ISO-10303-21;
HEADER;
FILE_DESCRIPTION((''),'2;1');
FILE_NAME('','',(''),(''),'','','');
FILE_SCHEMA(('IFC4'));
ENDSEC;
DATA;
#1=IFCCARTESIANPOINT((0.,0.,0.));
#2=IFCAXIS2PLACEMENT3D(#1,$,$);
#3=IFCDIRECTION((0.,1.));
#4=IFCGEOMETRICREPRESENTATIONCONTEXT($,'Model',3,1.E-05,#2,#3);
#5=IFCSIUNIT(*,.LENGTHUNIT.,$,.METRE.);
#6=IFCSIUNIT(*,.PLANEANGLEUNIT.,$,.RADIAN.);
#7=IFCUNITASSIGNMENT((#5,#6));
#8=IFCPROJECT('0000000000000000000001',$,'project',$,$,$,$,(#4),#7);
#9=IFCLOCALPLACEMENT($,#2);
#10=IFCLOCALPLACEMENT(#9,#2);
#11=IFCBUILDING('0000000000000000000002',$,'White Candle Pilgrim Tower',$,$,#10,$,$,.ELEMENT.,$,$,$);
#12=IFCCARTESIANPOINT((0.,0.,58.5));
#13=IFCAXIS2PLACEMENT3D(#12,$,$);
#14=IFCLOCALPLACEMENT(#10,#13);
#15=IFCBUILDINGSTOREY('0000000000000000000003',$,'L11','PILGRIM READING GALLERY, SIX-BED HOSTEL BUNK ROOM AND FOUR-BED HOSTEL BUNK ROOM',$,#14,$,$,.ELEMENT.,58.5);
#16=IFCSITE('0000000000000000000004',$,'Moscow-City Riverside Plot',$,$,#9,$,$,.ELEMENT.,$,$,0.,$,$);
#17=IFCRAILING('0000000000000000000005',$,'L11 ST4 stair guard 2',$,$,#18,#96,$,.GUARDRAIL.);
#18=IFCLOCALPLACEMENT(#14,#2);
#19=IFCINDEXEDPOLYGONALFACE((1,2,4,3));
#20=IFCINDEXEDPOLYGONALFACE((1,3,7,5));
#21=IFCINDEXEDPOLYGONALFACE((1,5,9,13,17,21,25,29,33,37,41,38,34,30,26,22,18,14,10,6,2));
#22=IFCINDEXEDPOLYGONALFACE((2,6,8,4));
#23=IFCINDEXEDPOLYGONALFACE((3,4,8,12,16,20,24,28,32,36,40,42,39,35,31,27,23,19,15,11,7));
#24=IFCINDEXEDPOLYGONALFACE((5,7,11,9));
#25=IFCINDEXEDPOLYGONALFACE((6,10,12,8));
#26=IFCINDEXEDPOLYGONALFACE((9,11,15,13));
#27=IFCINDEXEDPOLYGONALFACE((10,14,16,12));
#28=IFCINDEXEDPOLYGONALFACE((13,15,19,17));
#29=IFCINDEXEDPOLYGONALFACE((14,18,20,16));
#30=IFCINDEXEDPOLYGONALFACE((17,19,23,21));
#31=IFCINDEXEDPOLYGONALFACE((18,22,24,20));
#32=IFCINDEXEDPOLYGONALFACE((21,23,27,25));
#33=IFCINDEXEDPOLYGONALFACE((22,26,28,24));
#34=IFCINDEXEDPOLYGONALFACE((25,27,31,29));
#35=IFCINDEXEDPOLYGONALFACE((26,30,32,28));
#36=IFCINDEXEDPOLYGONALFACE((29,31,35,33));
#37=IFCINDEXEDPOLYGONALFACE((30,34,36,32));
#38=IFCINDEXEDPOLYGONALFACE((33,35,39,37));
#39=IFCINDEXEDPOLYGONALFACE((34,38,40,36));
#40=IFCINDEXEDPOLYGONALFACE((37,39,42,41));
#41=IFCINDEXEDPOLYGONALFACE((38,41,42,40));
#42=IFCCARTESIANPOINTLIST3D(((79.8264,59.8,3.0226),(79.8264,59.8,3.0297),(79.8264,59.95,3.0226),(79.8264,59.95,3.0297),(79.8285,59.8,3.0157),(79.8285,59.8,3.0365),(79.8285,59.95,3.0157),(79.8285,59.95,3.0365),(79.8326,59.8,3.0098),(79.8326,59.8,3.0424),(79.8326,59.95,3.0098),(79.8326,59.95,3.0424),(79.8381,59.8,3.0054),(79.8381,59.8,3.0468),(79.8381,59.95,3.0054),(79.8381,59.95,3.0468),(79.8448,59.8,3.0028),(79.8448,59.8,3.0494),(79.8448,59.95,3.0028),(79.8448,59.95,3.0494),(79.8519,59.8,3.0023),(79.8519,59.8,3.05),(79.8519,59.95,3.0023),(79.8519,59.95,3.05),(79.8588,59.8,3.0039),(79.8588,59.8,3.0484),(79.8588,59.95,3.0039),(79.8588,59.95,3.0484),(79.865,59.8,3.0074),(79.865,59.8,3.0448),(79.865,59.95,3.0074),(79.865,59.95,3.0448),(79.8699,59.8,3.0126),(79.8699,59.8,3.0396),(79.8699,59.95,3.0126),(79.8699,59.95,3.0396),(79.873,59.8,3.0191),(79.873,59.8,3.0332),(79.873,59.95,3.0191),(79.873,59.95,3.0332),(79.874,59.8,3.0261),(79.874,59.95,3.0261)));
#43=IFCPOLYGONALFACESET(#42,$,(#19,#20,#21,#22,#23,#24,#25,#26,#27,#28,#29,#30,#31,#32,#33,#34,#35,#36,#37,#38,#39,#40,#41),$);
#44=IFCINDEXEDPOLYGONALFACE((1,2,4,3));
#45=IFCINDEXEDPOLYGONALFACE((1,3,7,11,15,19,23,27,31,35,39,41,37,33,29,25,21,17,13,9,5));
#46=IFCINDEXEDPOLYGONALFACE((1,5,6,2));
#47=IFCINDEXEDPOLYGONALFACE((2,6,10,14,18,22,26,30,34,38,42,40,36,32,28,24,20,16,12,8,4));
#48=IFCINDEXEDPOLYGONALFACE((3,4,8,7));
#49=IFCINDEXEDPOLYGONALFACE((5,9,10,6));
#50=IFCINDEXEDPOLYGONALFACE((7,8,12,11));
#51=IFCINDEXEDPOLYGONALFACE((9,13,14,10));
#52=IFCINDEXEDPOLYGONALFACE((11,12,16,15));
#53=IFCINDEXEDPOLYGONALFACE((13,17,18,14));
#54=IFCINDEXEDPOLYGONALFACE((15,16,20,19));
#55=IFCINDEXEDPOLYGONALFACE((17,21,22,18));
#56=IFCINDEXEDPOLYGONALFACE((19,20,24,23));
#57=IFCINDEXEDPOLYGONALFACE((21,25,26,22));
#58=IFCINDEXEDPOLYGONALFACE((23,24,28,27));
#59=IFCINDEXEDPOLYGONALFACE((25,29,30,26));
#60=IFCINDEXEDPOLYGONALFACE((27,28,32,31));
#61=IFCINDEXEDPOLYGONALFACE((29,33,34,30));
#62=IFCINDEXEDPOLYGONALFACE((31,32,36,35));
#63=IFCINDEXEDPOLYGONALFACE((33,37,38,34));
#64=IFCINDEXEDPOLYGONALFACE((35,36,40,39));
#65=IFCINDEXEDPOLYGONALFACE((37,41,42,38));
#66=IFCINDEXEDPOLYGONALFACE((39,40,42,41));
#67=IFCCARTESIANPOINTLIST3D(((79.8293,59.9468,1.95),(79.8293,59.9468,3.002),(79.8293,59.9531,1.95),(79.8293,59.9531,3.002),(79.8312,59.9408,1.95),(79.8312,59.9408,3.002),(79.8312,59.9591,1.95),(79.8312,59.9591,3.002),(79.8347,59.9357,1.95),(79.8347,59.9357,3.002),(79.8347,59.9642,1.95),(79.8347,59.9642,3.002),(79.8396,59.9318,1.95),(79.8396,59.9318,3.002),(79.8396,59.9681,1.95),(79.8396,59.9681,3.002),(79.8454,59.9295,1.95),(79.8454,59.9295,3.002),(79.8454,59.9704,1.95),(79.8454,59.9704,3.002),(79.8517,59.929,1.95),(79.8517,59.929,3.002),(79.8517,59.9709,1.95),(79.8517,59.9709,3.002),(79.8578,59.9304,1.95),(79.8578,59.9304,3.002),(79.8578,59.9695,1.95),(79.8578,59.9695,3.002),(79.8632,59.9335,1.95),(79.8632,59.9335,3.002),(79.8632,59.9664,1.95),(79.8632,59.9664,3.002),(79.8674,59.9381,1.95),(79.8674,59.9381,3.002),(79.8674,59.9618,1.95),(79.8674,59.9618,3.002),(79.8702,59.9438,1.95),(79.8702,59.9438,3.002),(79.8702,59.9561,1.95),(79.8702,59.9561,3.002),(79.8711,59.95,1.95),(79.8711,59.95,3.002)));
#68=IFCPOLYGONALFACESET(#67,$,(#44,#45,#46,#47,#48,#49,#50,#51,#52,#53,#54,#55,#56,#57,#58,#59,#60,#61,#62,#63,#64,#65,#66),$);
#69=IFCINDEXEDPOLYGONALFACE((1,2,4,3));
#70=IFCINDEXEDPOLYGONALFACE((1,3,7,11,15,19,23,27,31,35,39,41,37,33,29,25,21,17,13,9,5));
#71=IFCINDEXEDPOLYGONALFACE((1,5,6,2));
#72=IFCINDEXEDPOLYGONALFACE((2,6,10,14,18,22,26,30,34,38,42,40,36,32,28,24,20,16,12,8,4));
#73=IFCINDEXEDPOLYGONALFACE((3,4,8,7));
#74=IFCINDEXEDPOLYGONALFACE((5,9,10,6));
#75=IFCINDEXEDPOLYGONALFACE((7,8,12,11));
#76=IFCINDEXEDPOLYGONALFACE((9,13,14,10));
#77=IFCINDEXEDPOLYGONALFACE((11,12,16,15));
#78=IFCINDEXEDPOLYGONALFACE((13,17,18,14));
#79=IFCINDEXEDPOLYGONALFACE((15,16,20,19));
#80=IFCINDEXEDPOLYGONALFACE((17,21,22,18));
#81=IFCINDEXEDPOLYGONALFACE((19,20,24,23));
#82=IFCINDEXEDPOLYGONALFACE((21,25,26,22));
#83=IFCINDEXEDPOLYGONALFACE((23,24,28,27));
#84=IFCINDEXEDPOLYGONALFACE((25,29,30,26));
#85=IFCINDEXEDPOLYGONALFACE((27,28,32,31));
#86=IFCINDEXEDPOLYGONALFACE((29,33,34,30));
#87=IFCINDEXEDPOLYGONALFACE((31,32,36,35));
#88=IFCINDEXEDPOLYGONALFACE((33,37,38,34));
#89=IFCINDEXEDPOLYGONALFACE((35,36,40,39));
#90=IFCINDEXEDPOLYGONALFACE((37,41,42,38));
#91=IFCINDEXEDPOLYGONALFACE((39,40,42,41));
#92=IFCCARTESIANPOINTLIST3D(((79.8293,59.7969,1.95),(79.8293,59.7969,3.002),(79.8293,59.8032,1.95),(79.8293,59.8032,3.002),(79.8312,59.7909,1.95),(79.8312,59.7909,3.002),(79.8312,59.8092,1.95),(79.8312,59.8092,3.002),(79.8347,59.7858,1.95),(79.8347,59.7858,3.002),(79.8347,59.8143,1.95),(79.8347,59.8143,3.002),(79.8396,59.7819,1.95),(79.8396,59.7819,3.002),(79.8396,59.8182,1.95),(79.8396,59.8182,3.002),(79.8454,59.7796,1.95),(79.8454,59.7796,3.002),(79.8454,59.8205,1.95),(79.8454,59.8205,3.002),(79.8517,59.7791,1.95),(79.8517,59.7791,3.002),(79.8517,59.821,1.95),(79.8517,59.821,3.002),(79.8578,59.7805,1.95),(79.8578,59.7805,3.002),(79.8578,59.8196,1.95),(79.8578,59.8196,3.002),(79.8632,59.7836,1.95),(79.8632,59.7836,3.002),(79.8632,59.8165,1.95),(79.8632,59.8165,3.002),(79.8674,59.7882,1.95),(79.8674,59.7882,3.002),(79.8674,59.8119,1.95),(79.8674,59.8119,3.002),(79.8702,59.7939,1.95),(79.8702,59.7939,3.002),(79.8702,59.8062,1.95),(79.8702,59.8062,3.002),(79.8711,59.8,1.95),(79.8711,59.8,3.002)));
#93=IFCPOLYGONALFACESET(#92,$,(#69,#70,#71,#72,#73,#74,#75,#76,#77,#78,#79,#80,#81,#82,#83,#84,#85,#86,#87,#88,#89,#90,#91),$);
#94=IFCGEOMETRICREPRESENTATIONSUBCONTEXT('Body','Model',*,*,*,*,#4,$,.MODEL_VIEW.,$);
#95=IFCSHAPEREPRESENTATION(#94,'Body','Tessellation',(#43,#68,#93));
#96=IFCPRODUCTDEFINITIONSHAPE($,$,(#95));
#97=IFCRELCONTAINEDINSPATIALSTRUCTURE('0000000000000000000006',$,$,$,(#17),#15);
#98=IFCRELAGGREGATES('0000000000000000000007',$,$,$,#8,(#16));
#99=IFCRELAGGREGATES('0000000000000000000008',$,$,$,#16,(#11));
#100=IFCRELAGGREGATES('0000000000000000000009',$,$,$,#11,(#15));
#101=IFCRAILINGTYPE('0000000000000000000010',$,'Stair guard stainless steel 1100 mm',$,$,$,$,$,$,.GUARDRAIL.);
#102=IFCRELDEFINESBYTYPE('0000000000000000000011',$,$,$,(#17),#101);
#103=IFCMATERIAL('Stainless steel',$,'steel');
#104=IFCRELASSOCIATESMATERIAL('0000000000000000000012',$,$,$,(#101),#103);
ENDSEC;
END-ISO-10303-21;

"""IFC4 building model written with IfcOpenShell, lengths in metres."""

from ifc_helpers import new_model, si_unit, direction, frame, origin, origin_2d, place, context, subcontext, project, spatial, circle, extrude, material, type_object, element, save


model = new_model("IFC4")

# Units and contexts
model_context = context("Model", 3, precision=1e-05, world=origin(), true_north=direction((0.0, 1.0)))
body_context = subcontext(model_context, "Body", "Model", "MODEL_VIEW")
ifc_project = project(units=[si_unit("LENGTHUNIT", "METRE"), si_unit("PLANEANGLEUNIT", "RADIAN")], contexts=[model_context])

# Site, building, storey
site_placement = place(None, origin())
site = spatial("IfcSite", under=ifc_project, at=site_placement, Name="Moscow-City Riverside Plot", CompositionType="ELEMENT", RefElevation=0.0)
building_placement = place(site_placement, origin())
building = spatial("IfcBuilding", under=site, at=building_placement, Name="White Candle Pilgrim Tower", CompositionType="ELEMENT")
storey_placement = place(building_placement, frame((0.0, 0.0, 58.5)))
storey = spatial("IfcBuildingStorey", under=building, at=storey_placement, Name="L11", Description="PILGRIM READING GALLERY, SIX-BED HOSTEL BUNK ROOM AND FOUR-BED HOSTEL BUNK ROOM", CompositionType="ELEMENT", Elevation=58.5)

# Railing
ifc_material_1 = material(Name="Stainless steel", Category="steel")
railing_type_1 = type_object("IfcRailingType", Name="Stair guard stainless steel 1100 mm", PredefinedType="GUARDRAIL", material=ifc_material_1)
railing_1_placement = place(storey_placement, frame((79.8501, 59.95, 1.95)))
element("IfcRailing", 1, at=railing_1_placement, inside=storey, type_object=railing_type_1, Name="L11 ST4 stair guard 2", PredefinedType="GUARDRAIL", context=body_context, shape_type="SweptSolid", body=[
    extrude(circle(Radius=0.0239, at=origin_2d()), frame((0.0, 0.0, 1.0762), z_axis=(0.0, -1.0, 0.0), x_axis=(1.0, 0.0, 0.0)), (0.0, 0.0, 1.0), 0.1499),
    extrude(circle(Radius=0.021, at=origin_2d()), origin(), (0.0, 0.0, 1.0), 1.052),
    extrude(circle(Radius=0.021, at=origin_2d()), frame((0.0, -0.1499, 0.0)), (0.0, 0.0, 1.0), 1.052),
])

save(model, "model.ifc")
